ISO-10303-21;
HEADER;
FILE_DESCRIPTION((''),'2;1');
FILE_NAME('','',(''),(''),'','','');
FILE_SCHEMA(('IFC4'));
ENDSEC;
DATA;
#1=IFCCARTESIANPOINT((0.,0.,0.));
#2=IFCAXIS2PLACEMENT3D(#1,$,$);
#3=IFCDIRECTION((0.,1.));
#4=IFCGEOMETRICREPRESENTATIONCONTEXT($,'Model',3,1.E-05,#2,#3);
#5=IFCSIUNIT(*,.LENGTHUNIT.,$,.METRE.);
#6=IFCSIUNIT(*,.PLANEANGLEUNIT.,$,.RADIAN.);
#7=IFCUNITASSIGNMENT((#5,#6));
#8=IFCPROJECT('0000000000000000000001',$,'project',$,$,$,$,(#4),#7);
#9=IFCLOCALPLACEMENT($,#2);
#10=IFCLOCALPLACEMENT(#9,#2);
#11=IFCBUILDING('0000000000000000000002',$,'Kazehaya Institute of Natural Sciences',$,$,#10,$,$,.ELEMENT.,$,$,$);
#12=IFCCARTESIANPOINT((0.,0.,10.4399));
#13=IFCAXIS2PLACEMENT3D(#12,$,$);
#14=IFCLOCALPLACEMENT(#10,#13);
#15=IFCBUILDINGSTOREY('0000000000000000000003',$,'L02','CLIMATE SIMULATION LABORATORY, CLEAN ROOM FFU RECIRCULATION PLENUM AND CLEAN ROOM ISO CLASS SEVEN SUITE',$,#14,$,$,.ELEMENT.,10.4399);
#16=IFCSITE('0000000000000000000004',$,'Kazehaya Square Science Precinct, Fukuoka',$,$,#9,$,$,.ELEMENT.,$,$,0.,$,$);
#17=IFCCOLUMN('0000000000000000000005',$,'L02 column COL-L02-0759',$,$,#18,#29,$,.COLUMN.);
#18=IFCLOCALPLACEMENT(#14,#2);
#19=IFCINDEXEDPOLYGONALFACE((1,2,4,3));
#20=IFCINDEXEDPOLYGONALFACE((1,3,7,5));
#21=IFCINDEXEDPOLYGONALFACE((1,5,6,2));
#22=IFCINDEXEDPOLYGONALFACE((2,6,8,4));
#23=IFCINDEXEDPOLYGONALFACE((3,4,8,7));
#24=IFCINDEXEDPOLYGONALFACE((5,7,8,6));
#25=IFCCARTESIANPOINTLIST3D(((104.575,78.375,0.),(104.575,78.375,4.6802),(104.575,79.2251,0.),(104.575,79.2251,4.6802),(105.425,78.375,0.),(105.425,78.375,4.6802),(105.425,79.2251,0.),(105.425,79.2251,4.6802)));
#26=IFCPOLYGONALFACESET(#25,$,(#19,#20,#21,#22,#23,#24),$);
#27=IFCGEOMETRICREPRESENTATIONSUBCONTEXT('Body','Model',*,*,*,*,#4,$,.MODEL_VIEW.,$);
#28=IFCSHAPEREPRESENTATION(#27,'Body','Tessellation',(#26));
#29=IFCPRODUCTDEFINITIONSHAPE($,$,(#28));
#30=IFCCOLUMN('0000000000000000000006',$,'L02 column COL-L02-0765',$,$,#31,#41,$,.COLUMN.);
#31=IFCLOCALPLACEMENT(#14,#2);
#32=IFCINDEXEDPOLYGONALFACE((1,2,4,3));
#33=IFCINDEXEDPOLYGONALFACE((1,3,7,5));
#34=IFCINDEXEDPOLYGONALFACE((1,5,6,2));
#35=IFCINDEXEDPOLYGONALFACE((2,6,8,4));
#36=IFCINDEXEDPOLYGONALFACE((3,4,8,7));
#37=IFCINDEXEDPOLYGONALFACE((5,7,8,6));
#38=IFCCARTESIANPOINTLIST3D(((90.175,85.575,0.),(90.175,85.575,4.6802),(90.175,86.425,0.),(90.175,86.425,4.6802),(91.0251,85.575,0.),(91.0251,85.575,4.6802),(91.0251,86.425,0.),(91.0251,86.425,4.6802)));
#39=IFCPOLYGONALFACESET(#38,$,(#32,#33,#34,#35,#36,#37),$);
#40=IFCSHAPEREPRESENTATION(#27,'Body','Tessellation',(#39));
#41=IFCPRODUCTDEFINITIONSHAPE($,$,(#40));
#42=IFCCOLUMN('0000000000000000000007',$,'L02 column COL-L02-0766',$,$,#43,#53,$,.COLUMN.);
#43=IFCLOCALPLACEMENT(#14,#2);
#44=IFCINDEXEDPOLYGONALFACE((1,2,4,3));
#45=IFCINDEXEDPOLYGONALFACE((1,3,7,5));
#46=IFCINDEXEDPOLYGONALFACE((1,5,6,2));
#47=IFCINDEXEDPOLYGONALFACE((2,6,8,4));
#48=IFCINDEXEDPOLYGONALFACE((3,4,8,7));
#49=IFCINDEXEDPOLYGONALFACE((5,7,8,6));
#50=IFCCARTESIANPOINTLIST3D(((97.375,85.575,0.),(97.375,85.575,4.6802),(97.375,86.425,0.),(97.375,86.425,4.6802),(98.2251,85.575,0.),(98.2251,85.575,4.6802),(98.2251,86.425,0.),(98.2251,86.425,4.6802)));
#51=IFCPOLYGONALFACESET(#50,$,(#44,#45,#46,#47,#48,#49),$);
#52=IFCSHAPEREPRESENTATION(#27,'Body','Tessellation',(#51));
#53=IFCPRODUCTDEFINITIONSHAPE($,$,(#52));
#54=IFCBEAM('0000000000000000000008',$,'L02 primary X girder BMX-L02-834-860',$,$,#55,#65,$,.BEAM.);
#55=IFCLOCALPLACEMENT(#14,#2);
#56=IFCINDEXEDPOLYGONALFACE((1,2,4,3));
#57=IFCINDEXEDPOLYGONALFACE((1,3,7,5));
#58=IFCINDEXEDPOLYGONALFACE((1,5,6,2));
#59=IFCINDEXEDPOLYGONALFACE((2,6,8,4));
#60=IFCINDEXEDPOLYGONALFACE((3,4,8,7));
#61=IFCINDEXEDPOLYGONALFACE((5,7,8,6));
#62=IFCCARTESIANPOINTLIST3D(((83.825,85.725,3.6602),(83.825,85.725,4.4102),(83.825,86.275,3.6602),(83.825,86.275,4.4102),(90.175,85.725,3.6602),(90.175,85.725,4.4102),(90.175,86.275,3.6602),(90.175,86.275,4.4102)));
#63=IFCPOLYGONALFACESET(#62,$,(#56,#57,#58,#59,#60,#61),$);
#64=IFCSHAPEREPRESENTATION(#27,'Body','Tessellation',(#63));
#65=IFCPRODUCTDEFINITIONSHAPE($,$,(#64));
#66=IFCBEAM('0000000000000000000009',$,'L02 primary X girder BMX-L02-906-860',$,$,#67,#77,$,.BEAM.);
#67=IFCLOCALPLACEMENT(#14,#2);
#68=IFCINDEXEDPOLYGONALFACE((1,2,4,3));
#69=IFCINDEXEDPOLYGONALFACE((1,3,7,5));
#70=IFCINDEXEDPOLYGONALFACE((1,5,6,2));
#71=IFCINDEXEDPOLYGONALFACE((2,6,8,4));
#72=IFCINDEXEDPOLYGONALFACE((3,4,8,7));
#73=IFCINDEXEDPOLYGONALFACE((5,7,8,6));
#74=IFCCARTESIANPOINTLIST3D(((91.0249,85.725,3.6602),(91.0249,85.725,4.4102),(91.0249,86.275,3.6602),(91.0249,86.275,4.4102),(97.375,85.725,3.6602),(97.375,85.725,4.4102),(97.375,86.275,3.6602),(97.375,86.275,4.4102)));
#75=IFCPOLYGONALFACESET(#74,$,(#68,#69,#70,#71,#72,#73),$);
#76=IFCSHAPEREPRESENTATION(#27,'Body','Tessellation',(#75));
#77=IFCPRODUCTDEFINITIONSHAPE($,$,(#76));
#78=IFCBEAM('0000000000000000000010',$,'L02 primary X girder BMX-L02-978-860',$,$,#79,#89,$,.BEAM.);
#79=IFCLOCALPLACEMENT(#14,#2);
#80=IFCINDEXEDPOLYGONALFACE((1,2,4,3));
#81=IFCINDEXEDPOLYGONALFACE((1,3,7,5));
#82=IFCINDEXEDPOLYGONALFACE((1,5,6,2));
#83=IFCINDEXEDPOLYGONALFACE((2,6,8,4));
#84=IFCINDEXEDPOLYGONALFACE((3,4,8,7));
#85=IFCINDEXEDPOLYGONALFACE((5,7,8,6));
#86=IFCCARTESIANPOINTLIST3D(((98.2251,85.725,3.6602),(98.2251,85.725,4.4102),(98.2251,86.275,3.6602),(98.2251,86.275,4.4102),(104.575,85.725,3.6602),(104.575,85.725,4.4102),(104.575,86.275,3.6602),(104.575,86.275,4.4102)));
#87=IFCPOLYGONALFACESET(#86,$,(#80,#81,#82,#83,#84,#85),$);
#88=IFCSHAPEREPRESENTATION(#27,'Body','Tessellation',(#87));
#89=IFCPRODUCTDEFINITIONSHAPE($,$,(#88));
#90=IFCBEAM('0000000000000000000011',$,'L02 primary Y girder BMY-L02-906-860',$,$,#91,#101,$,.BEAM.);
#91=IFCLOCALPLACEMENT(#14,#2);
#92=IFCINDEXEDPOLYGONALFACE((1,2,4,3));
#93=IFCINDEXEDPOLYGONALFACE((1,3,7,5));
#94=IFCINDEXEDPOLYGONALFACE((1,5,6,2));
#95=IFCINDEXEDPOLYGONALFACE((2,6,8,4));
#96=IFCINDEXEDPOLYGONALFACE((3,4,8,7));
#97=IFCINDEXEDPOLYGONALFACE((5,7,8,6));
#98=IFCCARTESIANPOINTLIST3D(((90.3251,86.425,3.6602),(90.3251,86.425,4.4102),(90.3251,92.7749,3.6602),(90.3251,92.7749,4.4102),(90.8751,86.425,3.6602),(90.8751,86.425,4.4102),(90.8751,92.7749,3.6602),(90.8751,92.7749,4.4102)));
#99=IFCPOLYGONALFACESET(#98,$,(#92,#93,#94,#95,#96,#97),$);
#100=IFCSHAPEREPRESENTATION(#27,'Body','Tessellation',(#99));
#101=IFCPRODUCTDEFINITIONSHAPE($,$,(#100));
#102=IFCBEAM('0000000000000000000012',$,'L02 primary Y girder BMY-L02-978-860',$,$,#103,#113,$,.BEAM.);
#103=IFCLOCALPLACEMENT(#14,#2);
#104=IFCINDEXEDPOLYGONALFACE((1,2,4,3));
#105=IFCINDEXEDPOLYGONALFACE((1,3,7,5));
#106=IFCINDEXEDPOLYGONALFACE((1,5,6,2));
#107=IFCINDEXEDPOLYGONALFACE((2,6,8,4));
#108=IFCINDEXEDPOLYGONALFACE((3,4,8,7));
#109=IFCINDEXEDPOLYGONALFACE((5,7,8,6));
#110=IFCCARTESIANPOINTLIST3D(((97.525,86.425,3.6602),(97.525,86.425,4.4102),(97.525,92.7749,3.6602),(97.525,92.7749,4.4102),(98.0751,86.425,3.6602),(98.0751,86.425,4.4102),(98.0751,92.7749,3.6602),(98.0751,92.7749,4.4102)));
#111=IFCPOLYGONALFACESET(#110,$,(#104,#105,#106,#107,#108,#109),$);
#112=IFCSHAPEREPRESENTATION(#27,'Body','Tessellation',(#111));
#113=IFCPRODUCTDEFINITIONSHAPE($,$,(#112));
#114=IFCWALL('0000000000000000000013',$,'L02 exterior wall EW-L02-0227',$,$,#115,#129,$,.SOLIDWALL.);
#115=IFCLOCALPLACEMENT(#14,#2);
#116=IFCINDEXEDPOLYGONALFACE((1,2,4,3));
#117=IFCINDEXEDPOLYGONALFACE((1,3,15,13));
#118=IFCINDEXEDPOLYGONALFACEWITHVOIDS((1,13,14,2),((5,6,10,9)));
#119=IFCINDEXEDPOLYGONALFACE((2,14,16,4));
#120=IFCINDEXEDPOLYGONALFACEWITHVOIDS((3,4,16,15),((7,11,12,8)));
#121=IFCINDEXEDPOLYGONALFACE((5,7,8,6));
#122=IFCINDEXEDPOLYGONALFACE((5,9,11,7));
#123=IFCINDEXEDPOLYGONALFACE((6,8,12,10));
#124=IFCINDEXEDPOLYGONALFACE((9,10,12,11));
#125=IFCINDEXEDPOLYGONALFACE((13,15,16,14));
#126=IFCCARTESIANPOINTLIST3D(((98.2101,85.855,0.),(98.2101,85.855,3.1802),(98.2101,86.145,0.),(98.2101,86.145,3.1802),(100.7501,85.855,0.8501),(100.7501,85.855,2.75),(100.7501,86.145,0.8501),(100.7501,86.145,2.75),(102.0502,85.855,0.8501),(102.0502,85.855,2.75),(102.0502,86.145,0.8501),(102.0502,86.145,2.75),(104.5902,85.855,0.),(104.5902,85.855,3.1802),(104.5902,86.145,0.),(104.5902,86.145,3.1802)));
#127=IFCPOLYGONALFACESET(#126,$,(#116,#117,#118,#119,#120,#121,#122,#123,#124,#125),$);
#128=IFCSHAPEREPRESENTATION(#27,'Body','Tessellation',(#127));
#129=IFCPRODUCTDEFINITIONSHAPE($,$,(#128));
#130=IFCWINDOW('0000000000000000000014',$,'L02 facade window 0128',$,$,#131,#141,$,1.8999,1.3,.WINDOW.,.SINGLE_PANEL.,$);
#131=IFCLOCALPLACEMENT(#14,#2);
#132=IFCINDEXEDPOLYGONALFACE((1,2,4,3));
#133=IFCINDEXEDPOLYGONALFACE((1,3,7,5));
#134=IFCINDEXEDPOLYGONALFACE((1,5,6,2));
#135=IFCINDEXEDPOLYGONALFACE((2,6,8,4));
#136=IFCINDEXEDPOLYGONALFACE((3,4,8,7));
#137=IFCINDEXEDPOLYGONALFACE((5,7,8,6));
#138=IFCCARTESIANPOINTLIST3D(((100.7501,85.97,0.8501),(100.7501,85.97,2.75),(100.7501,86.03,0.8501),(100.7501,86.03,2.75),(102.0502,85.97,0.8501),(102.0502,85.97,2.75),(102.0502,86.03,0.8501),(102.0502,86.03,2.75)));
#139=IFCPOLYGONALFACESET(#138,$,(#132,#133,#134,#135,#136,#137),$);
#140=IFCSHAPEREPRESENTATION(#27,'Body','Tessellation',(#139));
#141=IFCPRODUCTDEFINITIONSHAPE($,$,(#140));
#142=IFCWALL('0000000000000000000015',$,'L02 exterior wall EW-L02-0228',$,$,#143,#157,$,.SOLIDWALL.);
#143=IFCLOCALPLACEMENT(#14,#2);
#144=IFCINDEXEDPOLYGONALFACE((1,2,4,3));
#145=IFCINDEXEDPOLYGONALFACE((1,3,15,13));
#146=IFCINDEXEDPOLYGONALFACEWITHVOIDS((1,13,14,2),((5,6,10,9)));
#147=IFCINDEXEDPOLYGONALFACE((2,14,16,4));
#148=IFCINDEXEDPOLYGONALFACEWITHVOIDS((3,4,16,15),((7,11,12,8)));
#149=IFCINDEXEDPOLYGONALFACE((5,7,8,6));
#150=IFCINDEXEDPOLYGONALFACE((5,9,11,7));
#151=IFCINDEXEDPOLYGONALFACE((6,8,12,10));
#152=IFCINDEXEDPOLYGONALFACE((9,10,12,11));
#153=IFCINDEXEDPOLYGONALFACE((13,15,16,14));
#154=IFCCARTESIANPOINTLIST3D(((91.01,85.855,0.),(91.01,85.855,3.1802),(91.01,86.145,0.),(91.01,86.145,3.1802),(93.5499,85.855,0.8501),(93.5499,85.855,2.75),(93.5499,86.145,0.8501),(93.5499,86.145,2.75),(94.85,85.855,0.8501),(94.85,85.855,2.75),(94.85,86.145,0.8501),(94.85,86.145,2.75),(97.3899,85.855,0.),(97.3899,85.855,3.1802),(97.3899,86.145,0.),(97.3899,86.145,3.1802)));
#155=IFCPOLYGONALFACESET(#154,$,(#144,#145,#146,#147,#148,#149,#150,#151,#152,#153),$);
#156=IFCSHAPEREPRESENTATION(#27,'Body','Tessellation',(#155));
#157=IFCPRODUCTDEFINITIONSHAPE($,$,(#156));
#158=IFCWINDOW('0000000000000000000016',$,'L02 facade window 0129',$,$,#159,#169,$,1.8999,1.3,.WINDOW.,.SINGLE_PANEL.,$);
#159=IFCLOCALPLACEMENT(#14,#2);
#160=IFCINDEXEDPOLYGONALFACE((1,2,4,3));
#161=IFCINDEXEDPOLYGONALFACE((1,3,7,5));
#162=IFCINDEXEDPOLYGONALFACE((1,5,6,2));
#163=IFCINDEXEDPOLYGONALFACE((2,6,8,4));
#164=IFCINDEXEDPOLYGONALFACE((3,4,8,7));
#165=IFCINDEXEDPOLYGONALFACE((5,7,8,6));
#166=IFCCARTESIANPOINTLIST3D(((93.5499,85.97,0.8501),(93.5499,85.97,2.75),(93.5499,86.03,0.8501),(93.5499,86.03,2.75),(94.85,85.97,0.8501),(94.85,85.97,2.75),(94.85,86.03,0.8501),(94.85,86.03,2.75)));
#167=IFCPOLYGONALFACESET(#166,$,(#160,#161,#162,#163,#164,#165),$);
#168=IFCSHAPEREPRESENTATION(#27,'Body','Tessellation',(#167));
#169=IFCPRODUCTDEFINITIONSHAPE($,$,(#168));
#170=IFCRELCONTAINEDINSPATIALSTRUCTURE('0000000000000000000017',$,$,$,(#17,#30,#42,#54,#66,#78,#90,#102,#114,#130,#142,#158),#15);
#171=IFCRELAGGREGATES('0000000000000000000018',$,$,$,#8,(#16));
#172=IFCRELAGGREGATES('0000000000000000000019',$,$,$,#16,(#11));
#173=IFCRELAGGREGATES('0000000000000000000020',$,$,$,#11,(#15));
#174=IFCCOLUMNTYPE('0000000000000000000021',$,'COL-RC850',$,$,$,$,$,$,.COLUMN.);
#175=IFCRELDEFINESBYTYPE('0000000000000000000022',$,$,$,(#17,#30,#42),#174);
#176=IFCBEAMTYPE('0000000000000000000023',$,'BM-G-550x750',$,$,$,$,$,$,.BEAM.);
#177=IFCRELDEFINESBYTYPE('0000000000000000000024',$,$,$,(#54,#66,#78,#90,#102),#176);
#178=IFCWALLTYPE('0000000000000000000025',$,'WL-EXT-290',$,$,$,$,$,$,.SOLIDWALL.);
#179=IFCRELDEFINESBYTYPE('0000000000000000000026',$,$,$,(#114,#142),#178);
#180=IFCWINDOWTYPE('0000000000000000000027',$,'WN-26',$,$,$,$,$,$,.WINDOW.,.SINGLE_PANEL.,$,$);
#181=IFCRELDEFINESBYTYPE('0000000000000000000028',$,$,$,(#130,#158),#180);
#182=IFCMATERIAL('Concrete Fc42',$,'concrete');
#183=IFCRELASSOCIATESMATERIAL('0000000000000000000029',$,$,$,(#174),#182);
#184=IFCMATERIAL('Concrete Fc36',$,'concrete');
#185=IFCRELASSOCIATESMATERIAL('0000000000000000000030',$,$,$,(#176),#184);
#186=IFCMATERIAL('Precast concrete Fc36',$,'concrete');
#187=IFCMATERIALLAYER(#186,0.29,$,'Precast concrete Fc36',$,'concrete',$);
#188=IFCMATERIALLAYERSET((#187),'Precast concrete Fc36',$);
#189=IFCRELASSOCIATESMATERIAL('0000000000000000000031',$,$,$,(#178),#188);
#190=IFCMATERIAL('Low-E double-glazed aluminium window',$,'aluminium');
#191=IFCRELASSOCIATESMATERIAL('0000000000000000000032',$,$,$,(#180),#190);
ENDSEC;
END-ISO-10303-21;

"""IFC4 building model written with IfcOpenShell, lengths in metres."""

from ifc_helpers import new_model, si_unit, direction, frame, frame_2d, origin, origin_2d, place, context, subcontext, project, spatial, rectangle, extrude, material, layer, layer_set, material_profile, profile_set, type_object, element, fill, save


model = new_model("IFC4")

# Units and contexts
model_context = context("Model", 3, precision=1e-05, world=origin(), true_north=direction((0.0, 1.0)))
body_context = subcontext(model_context, "Body", "Model", "MODEL_VIEW")
ifc_project = project(units=[si_unit("LENGTHUNIT", "METRE"), si_unit("PLANEANGLEUNIT", "RADIAN")], contexts=[model_context])

# Site, building, storey
site_placement = place(None, origin())
site = spatial("IfcSite", under=ifc_project, at=site_placement, Name="Kazehaya Square Science Precinct, Fukuoka", CompositionType="ELEMENT", RefElevation=0.0)
building_placement = place(site_placement, origin())
building = spatial("IfcBuilding", under=site, at=building_placement, Name="Kazehaya Institute of Natural Sciences", CompositionType="ELEMENT")
storey_placement = place(building_placement, frame((0.0, 0.0, 10.4399)))
storey = spatial("IfcBuildingStorey", under=building, at=storey_placement, Name="L02", Description="CLIMATE SIMULATION LABORATORY, CLEAN ROOM FFU RECIRCULATION PLENUM AND CLEAN ROOM ISO CLASS SEVEN SUITE", CompositionType="ELEMENT", Elevation=10.4399)

# Columns
ifc_material_1 = material(Name="Concrete Fc42", Category="concrete")
ifc_material_profile_1 = material_profile(ifc_material_1, rectangle(XDim=0.8501, YDim=0.8501, at=origin_2d()), Name="RC-850x850")
ifc_profile_set_1 = profile_set([ifc_material_profile_1], Name="Concrete Fc42")
column_type = type_object("IfcColumnType", Name="COL-RC850", PredefinedType="COLUMN", material=ifc_profile_set_1)
for number, where, z_axis, x_axis, name in (
    (1, (105.0, 78.8, 0.0), (0.0, 0.0, 1.0), (1.0, 0.0, 0.0), "L02 column COL-L02-0759"),
    (2, (90.6001, 86.0, 0.0), (0.0, 0.0, 1.0), (1.0, 0.0, 0.0), "L02 column COL-L02-0765"),
    (3, (97.8, 86.0, 0.0), (0.0, 0.0, 1.0), (1.0, 0.0, 0.0), "L02 column COL-L02-0766"),
):
    element("IfcColumn", number, at=place(storey_placement, frame(where, z_axis=z_axis, x_axis=x_axis)), inside=storey, type_object=column_type, Name=name, PredefinedType="COLUMN", context=body_context, shape_type="SweptSolid", body=[
        extrude(rectangle(XDim=0.8501, YDim=0.8501, at=origin_2d()), origin(), (0.0, 0.0, 1.0), 4.6802),
    ])

# Beams
ifc_material_2 = material(Name="Concrete Fc36", Category="concrete")
ifc_material_profile_2 = material_profile(ifc_material_2, rectangle(XDim=0.55, YDim=0.75, at=origin_2d()), Name="RC-550x750")
ifc_profile_set_2 = profile_set([ifc_material_profile_2], Name="Concrete Fc36")
beam_type = type_object("IfcBeamType", Name="BM-G-550x750", PredefinedType="BEAM", material=ifc_profile_set_2)
for number, where, z_axis, x_axis, name in (
    (4, (83.825, 86.0, 4.0352), (1.0, 0.0, 0.0), (0.0, 1.0, 0.0), "L02 primary X girder BMX-L02-834-860"),
    (5, (91.0249, 86.0, 4.0352), (1.0, 0.0, 0.0), (0.0, 1.0, 0.0), "L02 primary X girder BMX-L02-906-860"),
):
    element("IfcBeam", number, at=place(storey_placement, frame(where, z_axis=z_axis, x_axis=x_axis)), inside=storey, type_object=beam_type, Name=name, PredefinedType="BEAM", context=body_context, shape_type="SweptSolid", body=[
        extrude(rectangle(XDim=0.55, YDim=0.75, at=origin_2d()), origin(), (0.0, 0.0, 1.0), 6.3501),
    ])
for number, where, z_axis, x_axis, name in (
    (6, (98.2251, 86.0, 4.0352), (1.0, 0.0, 0.0), (0.0, 1.0, 0.0), "L02 primary X girder BMX-L02-978-860"),
    (7, (90.6001, 86.425, 4.0352), (0.0, 1.0, 0.0), (-1.0, 0.0, 0.0), "L02 primary Y girder BMY-L02-906-860"),
    (8, (97.8, 86.425, 4.0352), (0.0, 1.0, 0.0), (-1.0, 0.0, 0.0), "L02 primary Y girder BMY-L02-978-860"),
):
    element("IfcBeam", number, at=place(storey_placement, frame(where, z_axis=z_axis, x_axis=x_axis)), inside=storey, type_object=beam_type, Name=name, PredefinedType="BEAM", context=body_context, shape_type="SweptSolid", body=[
        extrude(rectangle(XDim=0.55, YDim=0.75, at=origin_2d()), origin(), (0.0, 0.0, 1.0), 6.3499),
    ])

# Walls, openings, windows
ifc_material_3 = material(Name="Precast concrete Fc36", Category="concrete")
ifc_layer_1 = layer(ifc_material_3, 0.29, Name="Precast concrete Fc36", Category="concrete")
ifc_layer_set_1 = layer_set([ifc_layer_1], Name="Precast concrete Fc36")
wall_type_1 = type_object("IfcWallType", Name="WL-EXT-290", PredefinedType="SOLIDWALL", material=ifc_layer_set_1)
wall_1_placement = place(storey_placement, frame((104.5901, 86.0, 0.0), z_axis=(0.0, 0.0, 1.0), x_axis=(-1.0, 0.0, 0.0)))
wall_1 = element("IfcWall", 9, at=wall_1_placement, inside=storey, type_object=wall_type_1, Name="L02 exterior wall EW-L02-0227", PredefinedType="SOLIDWALL", context=body_context, shape_type="SweptSolid", body=[
    extrude(rectangle(XDim=6.3801, YDim=0.29, at=frame_2d((3.1899, 0.0))), origin(), (0.0, 0.0, 1.0), 3.1802),
])
opening_1_placement = place(wall_1_placement, frame((2.54, 0.0, 0.8501)))
opening_1 = element("IfcOpeningElement", 10, at=opening_1_placement, cuts=wall_1, PredefinedType="OPENING", context=body_context, shape_type="SweptSolid", body=[
    extrude(rectangle(XDim=1.3, YDim=1.8999, at=frame_2d((0.6499, 0.95))), frame((0.0, 0.155, 0.0), z_axis=(0.0, -1.0, 0.0), x_axis=(1.0, 0.0, 0.0)), (0.0, 0.0, 1.0), 0.3101),
])
ifc_material_4 = material(Name="Low-E double-glazed aluminium window", Category="aluminium")
window_type_1 = type_object("IfcWindowType", Name="WN-26", PartitioningType="SINGLE_PANEL", PredefinedType="WINDOW", material=ifc_material_4)
window_1_placement = place(opening_1_placement, origin())
window_1 = element("IfcWindow", 11, at=window_1_placement, inside=storey, type_object=window_type_1, Name="L02 facade window 0128", OverallHeight=1.8999, OverallWidth=1.3, PartitioningType="SINGLE_PANEL", PredefinedType="WINDOW", context=body_context, shape_type="SweptSolid", body=[
    extrude(rectangle(XDim=1.3, YDim=1.8999, at=frame_2d((0.6499, 0.95))), frame((0.0, 0.03, 0.0), z_axis=(0.0, -1.0, 0.0), x_axis=(1.0, 0.0, 0.0)), (0.0, 0.0, 1.0), 0.0601),
])
fill(opening_1, window_1)
wall_2_placement = place(storey_placement, frame((97.3899, 86.0, 0.0), z_axis=(0.0, 0.0, 1.0), x_axis=(-1.0, 0.0, 0.0)))
wall_2 = element("IfcWall", 12, at=wall_2_placement, inside=storey, type_object=wall_type_1, Name="L02 exterior wall EW-L02-0228", PredefinedType="SOLIDWALL", context=body_context, shape_type="SweptSolid", body=[
    extrude(rectangle(XDim=6.3799, YDim=0.29, at=frame_2d((3.1899, 0.0))), origin(), (0.0, 0.0, 1.0), 3.1802),
])
opening_2_placement = place(wall_2_placement, frame((2.54, 0.0, 0.8501)))
opening_2 = element("IfcOpeningElement", 13, at=opening_2_placement, cuts=wall_2, PredefinedType="OPENING", context=body_context, shape_type="SweptSolid", body=[
    extrude(rectangle(XDim=1.3, YDim=1.8999, at=frame_2d((0.6499, 0.95))), frame((0.0, 0.155, 0.0), z_axis=(0.0, -1.0, 0.0), x_axis=(1.0, 0.0, 0.0)), (0.0, 0.0, 1.0), 0.3101),
])
window_2_placement = place(opening_2_placement, origin())
window_2 = element("IfcWindow", 14, at=window_2_placement, inside=storey, type_object=window_type_1, Name="L02 facade window 0129", OverallHeight=1.8999, OverallWidth=1.3, PartitioningType="SINGLE_PANEL", PredefinedType="WINDOW", context=body_context, shape_type="SweptSolid", body=[
    extrude(rectangle(XDim=1.3, YDim=1.8999, at=frame_2d((0.6499, 0.95))), frame((0.0, 0.03, 0.0), z_axis=(0.0, -1.0, 0.0), x_axis=(1.0, 0.0, 0.0)), (0.0, 0.0, 1.0), 0.0601),
])
fill(opening_2, window_2)

save(model, "model.ifc")
